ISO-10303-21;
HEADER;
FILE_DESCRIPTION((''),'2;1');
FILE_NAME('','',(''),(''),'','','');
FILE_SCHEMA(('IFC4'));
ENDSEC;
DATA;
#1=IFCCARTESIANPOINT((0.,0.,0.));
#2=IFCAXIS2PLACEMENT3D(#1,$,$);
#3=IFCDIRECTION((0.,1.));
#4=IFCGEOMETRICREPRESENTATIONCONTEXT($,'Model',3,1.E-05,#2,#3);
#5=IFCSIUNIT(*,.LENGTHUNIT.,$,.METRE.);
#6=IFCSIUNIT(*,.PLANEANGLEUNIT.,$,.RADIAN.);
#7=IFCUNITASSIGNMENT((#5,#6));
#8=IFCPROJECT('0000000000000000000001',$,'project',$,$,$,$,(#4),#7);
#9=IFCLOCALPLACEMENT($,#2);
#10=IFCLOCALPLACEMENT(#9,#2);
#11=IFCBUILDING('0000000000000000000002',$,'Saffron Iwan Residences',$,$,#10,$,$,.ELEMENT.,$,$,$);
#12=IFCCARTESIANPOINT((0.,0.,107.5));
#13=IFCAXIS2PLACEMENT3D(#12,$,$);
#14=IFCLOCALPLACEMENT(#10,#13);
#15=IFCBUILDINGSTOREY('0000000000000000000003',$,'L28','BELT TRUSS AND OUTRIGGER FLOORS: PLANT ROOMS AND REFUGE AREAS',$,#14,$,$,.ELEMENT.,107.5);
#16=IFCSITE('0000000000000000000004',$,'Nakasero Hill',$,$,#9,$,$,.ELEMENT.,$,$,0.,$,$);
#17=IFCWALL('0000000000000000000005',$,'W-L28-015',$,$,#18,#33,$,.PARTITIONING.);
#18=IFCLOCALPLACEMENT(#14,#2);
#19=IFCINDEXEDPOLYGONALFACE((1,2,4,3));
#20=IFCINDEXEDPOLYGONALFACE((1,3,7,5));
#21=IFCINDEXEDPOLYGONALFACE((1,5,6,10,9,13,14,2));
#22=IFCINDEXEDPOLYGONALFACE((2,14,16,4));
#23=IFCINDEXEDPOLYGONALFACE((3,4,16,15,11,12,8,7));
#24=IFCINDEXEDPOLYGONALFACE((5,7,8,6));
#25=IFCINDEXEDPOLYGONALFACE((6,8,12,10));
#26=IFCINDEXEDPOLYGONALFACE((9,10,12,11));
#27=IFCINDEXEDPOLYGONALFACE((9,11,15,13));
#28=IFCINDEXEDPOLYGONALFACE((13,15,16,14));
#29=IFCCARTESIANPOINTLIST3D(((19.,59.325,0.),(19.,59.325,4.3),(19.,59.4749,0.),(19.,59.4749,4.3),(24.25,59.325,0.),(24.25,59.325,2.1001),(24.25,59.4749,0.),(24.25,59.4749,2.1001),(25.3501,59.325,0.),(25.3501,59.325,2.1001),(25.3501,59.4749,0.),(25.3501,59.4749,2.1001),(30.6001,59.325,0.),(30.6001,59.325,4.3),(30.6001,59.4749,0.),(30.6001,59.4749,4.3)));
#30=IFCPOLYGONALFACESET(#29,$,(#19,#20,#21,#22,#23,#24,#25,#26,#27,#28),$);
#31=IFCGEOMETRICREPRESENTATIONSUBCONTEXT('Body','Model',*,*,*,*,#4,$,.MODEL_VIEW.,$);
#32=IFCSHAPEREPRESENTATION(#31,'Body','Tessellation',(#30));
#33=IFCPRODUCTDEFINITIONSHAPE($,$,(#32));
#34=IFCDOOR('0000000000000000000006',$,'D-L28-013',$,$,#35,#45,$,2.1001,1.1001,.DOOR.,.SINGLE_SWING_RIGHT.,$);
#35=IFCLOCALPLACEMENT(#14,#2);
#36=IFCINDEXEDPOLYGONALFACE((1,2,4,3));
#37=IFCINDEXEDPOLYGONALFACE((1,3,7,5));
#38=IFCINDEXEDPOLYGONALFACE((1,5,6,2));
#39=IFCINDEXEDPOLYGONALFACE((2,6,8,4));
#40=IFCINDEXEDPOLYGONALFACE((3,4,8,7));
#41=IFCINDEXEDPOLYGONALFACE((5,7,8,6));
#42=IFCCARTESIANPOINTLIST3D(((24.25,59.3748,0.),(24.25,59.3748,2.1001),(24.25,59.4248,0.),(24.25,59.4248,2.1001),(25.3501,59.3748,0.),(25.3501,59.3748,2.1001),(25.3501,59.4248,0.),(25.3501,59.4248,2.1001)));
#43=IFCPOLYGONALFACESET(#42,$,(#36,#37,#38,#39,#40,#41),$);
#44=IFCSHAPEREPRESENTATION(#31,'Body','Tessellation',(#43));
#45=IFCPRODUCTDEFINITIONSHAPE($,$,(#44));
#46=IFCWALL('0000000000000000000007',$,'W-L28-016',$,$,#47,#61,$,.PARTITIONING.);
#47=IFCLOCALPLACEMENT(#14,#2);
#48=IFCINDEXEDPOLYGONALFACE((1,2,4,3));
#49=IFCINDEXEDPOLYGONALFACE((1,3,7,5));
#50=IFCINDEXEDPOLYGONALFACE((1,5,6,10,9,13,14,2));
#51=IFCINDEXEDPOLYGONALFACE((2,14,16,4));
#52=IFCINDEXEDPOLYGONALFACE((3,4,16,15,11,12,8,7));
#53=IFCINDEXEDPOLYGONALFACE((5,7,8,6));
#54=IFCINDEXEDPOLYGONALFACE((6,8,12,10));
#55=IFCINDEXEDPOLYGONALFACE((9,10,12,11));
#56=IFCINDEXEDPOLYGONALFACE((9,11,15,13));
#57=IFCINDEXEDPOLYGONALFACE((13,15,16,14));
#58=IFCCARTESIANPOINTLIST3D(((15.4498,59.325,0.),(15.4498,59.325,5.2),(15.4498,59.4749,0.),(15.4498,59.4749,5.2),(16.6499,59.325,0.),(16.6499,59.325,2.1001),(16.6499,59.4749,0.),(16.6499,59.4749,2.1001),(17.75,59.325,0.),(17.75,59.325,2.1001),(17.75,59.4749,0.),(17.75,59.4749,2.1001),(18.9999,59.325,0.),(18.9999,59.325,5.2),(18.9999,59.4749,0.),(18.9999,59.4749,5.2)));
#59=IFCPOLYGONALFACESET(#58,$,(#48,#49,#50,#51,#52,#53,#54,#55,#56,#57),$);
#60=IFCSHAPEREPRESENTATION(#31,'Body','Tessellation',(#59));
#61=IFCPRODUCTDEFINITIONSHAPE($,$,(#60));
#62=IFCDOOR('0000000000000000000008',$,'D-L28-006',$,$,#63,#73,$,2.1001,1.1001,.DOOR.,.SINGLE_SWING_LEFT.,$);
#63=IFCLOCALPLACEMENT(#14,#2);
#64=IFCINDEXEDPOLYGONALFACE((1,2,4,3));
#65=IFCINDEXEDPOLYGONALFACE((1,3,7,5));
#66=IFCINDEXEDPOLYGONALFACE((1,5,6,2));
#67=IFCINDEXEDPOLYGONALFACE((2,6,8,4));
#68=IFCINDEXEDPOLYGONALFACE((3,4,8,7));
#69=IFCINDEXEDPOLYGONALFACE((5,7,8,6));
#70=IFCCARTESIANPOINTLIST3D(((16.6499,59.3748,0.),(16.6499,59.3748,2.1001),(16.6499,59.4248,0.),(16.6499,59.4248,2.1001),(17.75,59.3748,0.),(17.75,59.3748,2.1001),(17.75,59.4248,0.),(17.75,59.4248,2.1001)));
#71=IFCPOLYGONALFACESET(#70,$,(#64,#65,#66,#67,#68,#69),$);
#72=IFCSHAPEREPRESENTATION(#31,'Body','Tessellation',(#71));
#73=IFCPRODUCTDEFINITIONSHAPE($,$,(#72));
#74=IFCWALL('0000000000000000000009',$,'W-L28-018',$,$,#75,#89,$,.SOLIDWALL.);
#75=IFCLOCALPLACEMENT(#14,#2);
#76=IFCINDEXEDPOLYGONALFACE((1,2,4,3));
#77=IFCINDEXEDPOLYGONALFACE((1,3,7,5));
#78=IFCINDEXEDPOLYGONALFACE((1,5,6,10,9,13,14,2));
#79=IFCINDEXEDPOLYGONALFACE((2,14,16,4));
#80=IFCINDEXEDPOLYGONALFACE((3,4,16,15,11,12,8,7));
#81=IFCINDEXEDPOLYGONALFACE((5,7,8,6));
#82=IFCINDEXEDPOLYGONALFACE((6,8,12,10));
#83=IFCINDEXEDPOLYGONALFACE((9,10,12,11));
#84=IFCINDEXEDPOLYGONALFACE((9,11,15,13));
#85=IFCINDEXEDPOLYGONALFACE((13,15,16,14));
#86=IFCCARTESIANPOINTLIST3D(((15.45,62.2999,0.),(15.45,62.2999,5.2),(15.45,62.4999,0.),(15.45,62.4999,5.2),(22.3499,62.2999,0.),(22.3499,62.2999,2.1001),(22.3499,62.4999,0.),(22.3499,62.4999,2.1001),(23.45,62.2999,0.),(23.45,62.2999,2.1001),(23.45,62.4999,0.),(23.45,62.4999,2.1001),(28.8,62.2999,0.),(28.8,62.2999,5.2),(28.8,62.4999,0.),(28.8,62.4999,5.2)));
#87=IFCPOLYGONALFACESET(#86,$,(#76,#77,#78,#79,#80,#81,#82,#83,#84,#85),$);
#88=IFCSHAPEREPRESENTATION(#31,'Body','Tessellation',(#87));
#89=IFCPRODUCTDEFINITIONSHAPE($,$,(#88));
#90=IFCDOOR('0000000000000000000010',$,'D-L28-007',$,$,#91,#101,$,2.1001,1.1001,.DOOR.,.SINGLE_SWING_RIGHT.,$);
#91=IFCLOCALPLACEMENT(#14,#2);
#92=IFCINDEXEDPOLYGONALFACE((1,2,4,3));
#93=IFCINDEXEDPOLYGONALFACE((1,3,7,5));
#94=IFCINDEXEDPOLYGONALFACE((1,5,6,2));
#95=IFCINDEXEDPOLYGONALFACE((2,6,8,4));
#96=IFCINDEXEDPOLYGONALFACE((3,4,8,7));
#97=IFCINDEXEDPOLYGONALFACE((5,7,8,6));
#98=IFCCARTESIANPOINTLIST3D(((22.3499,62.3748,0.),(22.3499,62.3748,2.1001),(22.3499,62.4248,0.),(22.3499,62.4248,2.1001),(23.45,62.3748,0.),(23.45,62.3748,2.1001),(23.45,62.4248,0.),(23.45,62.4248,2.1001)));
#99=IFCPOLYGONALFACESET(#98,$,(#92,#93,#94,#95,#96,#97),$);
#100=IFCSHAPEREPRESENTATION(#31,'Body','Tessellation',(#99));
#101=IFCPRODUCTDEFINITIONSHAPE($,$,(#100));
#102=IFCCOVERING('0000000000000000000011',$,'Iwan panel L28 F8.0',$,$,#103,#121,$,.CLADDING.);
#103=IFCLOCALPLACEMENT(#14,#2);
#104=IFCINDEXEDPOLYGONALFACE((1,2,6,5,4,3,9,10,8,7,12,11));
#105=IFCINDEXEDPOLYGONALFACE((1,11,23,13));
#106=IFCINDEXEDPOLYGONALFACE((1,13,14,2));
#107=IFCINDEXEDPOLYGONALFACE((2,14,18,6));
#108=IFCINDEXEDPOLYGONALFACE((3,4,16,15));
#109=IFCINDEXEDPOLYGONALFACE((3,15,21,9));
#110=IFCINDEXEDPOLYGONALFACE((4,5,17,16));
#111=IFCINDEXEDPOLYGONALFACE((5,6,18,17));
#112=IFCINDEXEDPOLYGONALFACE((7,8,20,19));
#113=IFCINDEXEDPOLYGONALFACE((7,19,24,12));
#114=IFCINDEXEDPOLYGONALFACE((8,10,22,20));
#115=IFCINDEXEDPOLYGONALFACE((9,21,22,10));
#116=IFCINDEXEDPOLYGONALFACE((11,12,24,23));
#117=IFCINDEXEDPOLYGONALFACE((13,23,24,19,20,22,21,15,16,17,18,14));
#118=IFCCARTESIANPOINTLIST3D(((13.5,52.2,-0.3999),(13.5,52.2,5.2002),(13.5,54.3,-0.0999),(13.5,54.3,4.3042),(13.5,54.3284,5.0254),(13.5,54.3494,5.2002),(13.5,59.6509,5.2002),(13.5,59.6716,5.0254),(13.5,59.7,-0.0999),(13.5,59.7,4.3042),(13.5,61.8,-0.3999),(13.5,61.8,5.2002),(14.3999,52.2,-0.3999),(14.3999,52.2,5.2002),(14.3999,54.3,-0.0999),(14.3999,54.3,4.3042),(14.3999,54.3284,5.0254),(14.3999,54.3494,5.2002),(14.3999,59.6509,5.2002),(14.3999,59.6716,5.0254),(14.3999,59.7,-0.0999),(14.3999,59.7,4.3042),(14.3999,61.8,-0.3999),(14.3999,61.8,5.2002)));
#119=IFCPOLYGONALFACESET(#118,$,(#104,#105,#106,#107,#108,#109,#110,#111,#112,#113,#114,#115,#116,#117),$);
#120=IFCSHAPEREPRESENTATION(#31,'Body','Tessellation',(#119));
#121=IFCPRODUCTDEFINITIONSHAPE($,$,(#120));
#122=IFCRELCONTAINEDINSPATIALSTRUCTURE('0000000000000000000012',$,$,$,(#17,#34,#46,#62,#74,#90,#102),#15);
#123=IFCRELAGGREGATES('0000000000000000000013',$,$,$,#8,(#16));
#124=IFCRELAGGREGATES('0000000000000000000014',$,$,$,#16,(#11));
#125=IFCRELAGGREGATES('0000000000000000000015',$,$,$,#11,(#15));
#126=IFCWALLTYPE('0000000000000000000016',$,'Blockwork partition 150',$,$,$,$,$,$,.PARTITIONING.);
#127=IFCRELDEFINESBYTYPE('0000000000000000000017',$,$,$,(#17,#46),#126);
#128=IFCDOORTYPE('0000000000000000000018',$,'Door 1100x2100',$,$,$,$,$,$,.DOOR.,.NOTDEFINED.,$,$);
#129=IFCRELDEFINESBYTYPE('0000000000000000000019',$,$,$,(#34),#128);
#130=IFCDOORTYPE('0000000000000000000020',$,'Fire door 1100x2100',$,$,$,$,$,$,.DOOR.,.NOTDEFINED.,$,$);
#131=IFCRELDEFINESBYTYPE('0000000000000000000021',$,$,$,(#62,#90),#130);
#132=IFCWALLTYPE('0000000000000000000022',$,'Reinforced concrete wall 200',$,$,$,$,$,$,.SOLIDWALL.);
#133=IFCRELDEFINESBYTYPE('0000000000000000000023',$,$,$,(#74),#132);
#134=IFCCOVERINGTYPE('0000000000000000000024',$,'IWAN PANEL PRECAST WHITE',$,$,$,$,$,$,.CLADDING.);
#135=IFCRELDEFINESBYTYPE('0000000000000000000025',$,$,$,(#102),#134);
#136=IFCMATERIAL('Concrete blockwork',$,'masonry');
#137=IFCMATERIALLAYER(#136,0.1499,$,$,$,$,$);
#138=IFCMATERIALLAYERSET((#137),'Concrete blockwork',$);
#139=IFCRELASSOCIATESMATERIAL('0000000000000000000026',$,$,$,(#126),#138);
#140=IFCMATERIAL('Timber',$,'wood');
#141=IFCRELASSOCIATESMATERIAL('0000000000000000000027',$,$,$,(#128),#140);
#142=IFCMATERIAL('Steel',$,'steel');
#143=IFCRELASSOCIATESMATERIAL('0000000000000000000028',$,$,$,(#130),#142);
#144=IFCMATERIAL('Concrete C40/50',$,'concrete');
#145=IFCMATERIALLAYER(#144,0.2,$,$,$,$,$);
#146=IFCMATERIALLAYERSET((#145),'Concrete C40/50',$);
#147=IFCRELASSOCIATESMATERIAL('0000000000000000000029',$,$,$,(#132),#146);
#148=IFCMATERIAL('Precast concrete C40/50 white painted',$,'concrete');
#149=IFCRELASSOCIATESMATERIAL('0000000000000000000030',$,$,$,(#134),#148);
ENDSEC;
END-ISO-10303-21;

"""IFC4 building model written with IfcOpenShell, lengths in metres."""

from ifc_helpers import new_model, si_unit, direction, frame, frame_2d, origin, place, context, subcontext, project, spatial, polyline, rectangle, outline, extrude, material, layer, layer_set, type_object, element, fill, save


model = new_model("IFC4")

# Units and contexts
model_context = context("Model", 3, precision=1e-05, world=origin(), true_north=direction((0.0, 1.0)))
body_context = subcontext(model_context, "Body", "Model", "MODEL_VIEW")
ifc_project = project(units=[si_unit("LENGTHUNIT", "METRE"), si_unit("PLANEANGLEUNIT", "RADIAN")], contexts=[model_context])

# Site, building, storey
site_placement = place(None, origin())
site = spatial("IfcSite", under=ifc_project, at=site_placement, Name="Nakasero Hill", CompositionType="ELEMENT", RefElevation=0.0)
building_placement = place(site_placement, origin())
building = spatial("IfcBuilding", under=site, at=building_placement, Name="Saffron Iwan Residences", CompositionType="ELEMENT")
storey_placement = place(building_placement, frame((0.0, 0.0, 107.5)))
storey = spatial("IfcBuildingStorey", under=building, at=storey_placement, Name="L28", Description="BELT TRUSS AND OUTRIGGER FLOORS: PLANT ROOMS AND REFUGE AREAS", CompositionType="ELEMENT", Elevation=107.5)

# Walls, openings, doors
ifc_material_1 = material(Name="Concrete blockwork", Category="masonry")
ifc_layer_1 = layer(ifc_material_1, 0.1499)
ifc_layer_set_1 = layer_set([ifc_layer_1], Name="Concrete blockwork")
wall_type_1 = type_object("IfcWallType", Name="Blockwork partition 150", PredefinedType="PARTITIONING", material=ifc_layer_set_1)
wall_1_placement = place(storey_placement, frame((19.0, 59.3999, 0.0), z_axis=(0.0, 0.0, 1.0), x_axis=(1.0, 0.0, 0.0)))
wall_1 = element("IfcWall", 1, at=wall_1_placement, inside=storey, type_object=wall_type_1, Name="W-L28-015", PredefinedType="PARTITIONING", context=body_context, shape_type="SweptSolid", body=[
    extrude(rectangle(XDim=11.6001, YDim=0.1499, at=frame_2d((5.8, 0.0))), origin(), (0.0, 0.0, 1.0), 4.3),
])
opening_1_placement = place(wall_1_placement, frame((5.25, 0.0, 0.0)))
opening_1 = element("IfcOpeningElement", 2, at=opening_1_placement, cuts=wall_1, PredefinedType="OPENING", context=body_context, shape_type="SweptSolid", body=[
    extrude(rectangle(XDim=1.1001, YDim=2.1001, at=frame_2d((0.55, 1.05))), frame((0.0, 0.085, 0.0), z_axis=(0.0, -1.0, 0.0), x_axis=(1.0, 0.0, 0.0)), (0.0, 0.0, 1.0), 0.1699),
])
ifc_material_2 = material(Name="Timber", Category="wood")
door_type_1 = type_object("IfcDoorType", Name="Door 1100x2100", OperationType="NOTDEFINED", PredefinedType="DOOR", material=ifc_material_2)
door_1_placement = place(opening_1_placement, origin())
door_1 = element("IfcDoor", 3, at=door_1_placement, inside=storey, type_object=door_type_1, Name="D-L28-013", OperationType="SINGLE_SWING_RIGHT", OverallHeight=2.1001, OverallWidth=1.1001, PredefinedType="DOOR", context=body_context, shape_type="SweptSolid", body=[
    extrude(rectangle(XDim=1.1001, YDim=2.1001, at=frame_2d((0.55, 1.05))), frame((0.0, 0.0249, 0.0), z_axis=(0.0, -1.0, 0.0), x_axis=(1.0, 0.0, 0.0)), (0.0, 0.0, 1.0), 0.05),
])
fill(opening_1, door_1)
wall_2_placement = place(storey_placement, frame((15.45, 59.3999, 0.0), z_axis=(0.0, 0.0, 1.0), x_axis=(1.0, 0.0, 0.0)))
wall_2 = element("IfcWall", 4, at=wall_2_placement, inside=storey, type_object=wall_type_1, Name="W-L28-016", PredefinedType="PARTITIONING", context=body_context, shape_type="SweptSolid", body=[
    extrude(rectangle(XDim=3.55, YDim=0.1499, at=frame_2d((1.7749, 0.0))), origin(), (0.0, 0.0, 1.0), 5.2),
])
opening_2_placement = place(wall_2_placement, frame((1.2, 0.0, 0.0)))
opening_2 = element("IfcOpeningElement", 5, at=opening_2_placement, cuts=wall_2, PredefinedType="OPENING", context=body_context, shape_type="SweptSolid", body=[
    extrude(rectangle(XDim=1.1001, YDim=2.1001, at=frame_2d((0.55, 1.05))), frame((0.0, 0.085, 0.0), z_axis=(0.0, -1.0, 0.0), x_axis=(1.0, 0.0, 0.0)), (0.0, 0.0, 1.0), 0.1699),
])
ifc_material_3 = material(Name="Steel", Category="steel")
door_type_2 = type_object("IfcDoorType", Name="Fire door 1100x2100", OperationType="NOTDEFINED", PredefinedType="DOOR", material=ifc_material_3)
door_2_placement = place(opening_2_placement, origin())
door_2 = element("IfcDoor", 6, at=door_2_placement, inside=storey, type_object=door_type_2, Name="D-L28-006", OperationType="SINGLE_SWING_LEFT", OverallHeight=2.1001, OverallWidth=1.1001, PredefinedType="DOOR", context=body_context, shape_type="SweptSolid", body=[
    extrude(rectangle(XDim=1.1001, YDim=2.1001, at=frame_2d((0.55, 1.05))), frame((0.0, 0.0249, 0.0), z_axis=(0.0, -1.0, 0.0), x_axis=(1.0, 0.0, 0.0)), (0.0, 0.0, 1.0), 0.05),
])
fill(opening_2, door_2)
ifc_material_4 = material(Name="Concrete C40/50", Category="concrete")
ifc_layer_2 = layer(ifc_material_4, 0.2)
ifc_layer_set_2 = layer_set([ifc_layer_2], Name="Concrete C40/50")
wall_type_2 = type_object("IfcWallType", Name="Reinforced concrete wall 200", PredefinedType="SOLIDWALL", material=ifc_layer_set_2)
wall_3_placement = place(storey_placement, frame((15.45, 62.3999, 0.0), z_axis=(0.0, 0.0, 1.0), x_axis=(1.0, 0.0, 0.0)))
wall_3 = element("IfcWall", 7, at=wall_3_placement, inside=storey, type_object=wall_type_2, Name="W-L28-018", PredefinedType="SOLIDWALL", context=body_context, shape_type="SweptSolid", body=[
    extrude(rectangle(XDim=13.3501, YDim=0.2, at=frame_2d((6.675, 0.0))), origin(), (0.0, 0.0, 1.0), 5.2),
])
opening_3_placement = place(wall_3_placement, frame((6.8999, 0.0, 0.0)))
opening_3 = element("IfcOpeningElement", 8, at=opening_3_placement, cuts=wall_3, PredefinedType="OPENING", context=body_context, shape_type="SweptSolid", body=[
    extrude(rectangle(XDim=1.1001, YDim=2.1001, at=frame_2d((0.55, 1.05))), frame((0.0, 0.1099, 0.0), z_axis=(0.0, -1.0, 0.0), x_axis=(1.0, 0.0, 0.0)), (0.0, 0.0, 1.0), 0.22),
])
door_3_placement = place(opening_3_placement, origin())
door_3 = element("IfcDoor", 9, at=door_3_placement, inside=storey, type_object=door_type_2, Name="D-L28-007", OperationType="SINGLE_SWING_RIGHT", OverallHeight=2.1001, OverallWidth=1.1001, PredefinedType="DOOR", context=body_context, shape_type="SweptSolid", body=[
    extrude(rectangle(XDim=1.1001, YDim=2.1001, at=frame_2d((0.55, 1.05))), frame((0.0, 0.0249, 0.0), z_axis=(0.0, -1.0, 0.0), x_axis=(1.0, 0.0, 0.0)), (0.0, 0.0, 1.0), 0.05),
])
fill(opening_3, door_3)

# Covering
ifc_material_5 = material(Name="Precast concrete C40/50 white painted", Category="concrete")
covering_type_1 = type_object("IfcCoveringType", Name="IWAN PANEL PRECAST WHITE", PredefinedType="CLADDING", material=ifc_material_5)
covering_1_placement = place(storey_placement, frame((14.3999, 61.8, -0.3999), z_axis=(-1.0, 0.0, 0.0), x_axis=(0.0, -1.0, 0.0)))
element("IfcCovering", 10, at=covering_1_placement, inside=storey, type_object=covering_type_1, Name="Iwan panel L28 F8.0", PredefinedType="CLADDING", context=body_context, shape_type="SweptSolid", body=[
    extrude(outline(polyline([(9.6001, 5.6001), (9.6001, 0.0), (0.0, 0.0), (0.0, 5.6001), (2.1492, 5.6001), (2.1284, 5.4253), (2.1001, 4.7041), (2.1001, 0.3), (7.5, 0.3), (7.5, 4.7041), (7.4717, 5.4253), (7.4507, 5.6001), (9.6001, 5.6001)])), origin(), (0.0, 0.0, 1.0), 0.8999),
])

save(model, "model.ifc")
